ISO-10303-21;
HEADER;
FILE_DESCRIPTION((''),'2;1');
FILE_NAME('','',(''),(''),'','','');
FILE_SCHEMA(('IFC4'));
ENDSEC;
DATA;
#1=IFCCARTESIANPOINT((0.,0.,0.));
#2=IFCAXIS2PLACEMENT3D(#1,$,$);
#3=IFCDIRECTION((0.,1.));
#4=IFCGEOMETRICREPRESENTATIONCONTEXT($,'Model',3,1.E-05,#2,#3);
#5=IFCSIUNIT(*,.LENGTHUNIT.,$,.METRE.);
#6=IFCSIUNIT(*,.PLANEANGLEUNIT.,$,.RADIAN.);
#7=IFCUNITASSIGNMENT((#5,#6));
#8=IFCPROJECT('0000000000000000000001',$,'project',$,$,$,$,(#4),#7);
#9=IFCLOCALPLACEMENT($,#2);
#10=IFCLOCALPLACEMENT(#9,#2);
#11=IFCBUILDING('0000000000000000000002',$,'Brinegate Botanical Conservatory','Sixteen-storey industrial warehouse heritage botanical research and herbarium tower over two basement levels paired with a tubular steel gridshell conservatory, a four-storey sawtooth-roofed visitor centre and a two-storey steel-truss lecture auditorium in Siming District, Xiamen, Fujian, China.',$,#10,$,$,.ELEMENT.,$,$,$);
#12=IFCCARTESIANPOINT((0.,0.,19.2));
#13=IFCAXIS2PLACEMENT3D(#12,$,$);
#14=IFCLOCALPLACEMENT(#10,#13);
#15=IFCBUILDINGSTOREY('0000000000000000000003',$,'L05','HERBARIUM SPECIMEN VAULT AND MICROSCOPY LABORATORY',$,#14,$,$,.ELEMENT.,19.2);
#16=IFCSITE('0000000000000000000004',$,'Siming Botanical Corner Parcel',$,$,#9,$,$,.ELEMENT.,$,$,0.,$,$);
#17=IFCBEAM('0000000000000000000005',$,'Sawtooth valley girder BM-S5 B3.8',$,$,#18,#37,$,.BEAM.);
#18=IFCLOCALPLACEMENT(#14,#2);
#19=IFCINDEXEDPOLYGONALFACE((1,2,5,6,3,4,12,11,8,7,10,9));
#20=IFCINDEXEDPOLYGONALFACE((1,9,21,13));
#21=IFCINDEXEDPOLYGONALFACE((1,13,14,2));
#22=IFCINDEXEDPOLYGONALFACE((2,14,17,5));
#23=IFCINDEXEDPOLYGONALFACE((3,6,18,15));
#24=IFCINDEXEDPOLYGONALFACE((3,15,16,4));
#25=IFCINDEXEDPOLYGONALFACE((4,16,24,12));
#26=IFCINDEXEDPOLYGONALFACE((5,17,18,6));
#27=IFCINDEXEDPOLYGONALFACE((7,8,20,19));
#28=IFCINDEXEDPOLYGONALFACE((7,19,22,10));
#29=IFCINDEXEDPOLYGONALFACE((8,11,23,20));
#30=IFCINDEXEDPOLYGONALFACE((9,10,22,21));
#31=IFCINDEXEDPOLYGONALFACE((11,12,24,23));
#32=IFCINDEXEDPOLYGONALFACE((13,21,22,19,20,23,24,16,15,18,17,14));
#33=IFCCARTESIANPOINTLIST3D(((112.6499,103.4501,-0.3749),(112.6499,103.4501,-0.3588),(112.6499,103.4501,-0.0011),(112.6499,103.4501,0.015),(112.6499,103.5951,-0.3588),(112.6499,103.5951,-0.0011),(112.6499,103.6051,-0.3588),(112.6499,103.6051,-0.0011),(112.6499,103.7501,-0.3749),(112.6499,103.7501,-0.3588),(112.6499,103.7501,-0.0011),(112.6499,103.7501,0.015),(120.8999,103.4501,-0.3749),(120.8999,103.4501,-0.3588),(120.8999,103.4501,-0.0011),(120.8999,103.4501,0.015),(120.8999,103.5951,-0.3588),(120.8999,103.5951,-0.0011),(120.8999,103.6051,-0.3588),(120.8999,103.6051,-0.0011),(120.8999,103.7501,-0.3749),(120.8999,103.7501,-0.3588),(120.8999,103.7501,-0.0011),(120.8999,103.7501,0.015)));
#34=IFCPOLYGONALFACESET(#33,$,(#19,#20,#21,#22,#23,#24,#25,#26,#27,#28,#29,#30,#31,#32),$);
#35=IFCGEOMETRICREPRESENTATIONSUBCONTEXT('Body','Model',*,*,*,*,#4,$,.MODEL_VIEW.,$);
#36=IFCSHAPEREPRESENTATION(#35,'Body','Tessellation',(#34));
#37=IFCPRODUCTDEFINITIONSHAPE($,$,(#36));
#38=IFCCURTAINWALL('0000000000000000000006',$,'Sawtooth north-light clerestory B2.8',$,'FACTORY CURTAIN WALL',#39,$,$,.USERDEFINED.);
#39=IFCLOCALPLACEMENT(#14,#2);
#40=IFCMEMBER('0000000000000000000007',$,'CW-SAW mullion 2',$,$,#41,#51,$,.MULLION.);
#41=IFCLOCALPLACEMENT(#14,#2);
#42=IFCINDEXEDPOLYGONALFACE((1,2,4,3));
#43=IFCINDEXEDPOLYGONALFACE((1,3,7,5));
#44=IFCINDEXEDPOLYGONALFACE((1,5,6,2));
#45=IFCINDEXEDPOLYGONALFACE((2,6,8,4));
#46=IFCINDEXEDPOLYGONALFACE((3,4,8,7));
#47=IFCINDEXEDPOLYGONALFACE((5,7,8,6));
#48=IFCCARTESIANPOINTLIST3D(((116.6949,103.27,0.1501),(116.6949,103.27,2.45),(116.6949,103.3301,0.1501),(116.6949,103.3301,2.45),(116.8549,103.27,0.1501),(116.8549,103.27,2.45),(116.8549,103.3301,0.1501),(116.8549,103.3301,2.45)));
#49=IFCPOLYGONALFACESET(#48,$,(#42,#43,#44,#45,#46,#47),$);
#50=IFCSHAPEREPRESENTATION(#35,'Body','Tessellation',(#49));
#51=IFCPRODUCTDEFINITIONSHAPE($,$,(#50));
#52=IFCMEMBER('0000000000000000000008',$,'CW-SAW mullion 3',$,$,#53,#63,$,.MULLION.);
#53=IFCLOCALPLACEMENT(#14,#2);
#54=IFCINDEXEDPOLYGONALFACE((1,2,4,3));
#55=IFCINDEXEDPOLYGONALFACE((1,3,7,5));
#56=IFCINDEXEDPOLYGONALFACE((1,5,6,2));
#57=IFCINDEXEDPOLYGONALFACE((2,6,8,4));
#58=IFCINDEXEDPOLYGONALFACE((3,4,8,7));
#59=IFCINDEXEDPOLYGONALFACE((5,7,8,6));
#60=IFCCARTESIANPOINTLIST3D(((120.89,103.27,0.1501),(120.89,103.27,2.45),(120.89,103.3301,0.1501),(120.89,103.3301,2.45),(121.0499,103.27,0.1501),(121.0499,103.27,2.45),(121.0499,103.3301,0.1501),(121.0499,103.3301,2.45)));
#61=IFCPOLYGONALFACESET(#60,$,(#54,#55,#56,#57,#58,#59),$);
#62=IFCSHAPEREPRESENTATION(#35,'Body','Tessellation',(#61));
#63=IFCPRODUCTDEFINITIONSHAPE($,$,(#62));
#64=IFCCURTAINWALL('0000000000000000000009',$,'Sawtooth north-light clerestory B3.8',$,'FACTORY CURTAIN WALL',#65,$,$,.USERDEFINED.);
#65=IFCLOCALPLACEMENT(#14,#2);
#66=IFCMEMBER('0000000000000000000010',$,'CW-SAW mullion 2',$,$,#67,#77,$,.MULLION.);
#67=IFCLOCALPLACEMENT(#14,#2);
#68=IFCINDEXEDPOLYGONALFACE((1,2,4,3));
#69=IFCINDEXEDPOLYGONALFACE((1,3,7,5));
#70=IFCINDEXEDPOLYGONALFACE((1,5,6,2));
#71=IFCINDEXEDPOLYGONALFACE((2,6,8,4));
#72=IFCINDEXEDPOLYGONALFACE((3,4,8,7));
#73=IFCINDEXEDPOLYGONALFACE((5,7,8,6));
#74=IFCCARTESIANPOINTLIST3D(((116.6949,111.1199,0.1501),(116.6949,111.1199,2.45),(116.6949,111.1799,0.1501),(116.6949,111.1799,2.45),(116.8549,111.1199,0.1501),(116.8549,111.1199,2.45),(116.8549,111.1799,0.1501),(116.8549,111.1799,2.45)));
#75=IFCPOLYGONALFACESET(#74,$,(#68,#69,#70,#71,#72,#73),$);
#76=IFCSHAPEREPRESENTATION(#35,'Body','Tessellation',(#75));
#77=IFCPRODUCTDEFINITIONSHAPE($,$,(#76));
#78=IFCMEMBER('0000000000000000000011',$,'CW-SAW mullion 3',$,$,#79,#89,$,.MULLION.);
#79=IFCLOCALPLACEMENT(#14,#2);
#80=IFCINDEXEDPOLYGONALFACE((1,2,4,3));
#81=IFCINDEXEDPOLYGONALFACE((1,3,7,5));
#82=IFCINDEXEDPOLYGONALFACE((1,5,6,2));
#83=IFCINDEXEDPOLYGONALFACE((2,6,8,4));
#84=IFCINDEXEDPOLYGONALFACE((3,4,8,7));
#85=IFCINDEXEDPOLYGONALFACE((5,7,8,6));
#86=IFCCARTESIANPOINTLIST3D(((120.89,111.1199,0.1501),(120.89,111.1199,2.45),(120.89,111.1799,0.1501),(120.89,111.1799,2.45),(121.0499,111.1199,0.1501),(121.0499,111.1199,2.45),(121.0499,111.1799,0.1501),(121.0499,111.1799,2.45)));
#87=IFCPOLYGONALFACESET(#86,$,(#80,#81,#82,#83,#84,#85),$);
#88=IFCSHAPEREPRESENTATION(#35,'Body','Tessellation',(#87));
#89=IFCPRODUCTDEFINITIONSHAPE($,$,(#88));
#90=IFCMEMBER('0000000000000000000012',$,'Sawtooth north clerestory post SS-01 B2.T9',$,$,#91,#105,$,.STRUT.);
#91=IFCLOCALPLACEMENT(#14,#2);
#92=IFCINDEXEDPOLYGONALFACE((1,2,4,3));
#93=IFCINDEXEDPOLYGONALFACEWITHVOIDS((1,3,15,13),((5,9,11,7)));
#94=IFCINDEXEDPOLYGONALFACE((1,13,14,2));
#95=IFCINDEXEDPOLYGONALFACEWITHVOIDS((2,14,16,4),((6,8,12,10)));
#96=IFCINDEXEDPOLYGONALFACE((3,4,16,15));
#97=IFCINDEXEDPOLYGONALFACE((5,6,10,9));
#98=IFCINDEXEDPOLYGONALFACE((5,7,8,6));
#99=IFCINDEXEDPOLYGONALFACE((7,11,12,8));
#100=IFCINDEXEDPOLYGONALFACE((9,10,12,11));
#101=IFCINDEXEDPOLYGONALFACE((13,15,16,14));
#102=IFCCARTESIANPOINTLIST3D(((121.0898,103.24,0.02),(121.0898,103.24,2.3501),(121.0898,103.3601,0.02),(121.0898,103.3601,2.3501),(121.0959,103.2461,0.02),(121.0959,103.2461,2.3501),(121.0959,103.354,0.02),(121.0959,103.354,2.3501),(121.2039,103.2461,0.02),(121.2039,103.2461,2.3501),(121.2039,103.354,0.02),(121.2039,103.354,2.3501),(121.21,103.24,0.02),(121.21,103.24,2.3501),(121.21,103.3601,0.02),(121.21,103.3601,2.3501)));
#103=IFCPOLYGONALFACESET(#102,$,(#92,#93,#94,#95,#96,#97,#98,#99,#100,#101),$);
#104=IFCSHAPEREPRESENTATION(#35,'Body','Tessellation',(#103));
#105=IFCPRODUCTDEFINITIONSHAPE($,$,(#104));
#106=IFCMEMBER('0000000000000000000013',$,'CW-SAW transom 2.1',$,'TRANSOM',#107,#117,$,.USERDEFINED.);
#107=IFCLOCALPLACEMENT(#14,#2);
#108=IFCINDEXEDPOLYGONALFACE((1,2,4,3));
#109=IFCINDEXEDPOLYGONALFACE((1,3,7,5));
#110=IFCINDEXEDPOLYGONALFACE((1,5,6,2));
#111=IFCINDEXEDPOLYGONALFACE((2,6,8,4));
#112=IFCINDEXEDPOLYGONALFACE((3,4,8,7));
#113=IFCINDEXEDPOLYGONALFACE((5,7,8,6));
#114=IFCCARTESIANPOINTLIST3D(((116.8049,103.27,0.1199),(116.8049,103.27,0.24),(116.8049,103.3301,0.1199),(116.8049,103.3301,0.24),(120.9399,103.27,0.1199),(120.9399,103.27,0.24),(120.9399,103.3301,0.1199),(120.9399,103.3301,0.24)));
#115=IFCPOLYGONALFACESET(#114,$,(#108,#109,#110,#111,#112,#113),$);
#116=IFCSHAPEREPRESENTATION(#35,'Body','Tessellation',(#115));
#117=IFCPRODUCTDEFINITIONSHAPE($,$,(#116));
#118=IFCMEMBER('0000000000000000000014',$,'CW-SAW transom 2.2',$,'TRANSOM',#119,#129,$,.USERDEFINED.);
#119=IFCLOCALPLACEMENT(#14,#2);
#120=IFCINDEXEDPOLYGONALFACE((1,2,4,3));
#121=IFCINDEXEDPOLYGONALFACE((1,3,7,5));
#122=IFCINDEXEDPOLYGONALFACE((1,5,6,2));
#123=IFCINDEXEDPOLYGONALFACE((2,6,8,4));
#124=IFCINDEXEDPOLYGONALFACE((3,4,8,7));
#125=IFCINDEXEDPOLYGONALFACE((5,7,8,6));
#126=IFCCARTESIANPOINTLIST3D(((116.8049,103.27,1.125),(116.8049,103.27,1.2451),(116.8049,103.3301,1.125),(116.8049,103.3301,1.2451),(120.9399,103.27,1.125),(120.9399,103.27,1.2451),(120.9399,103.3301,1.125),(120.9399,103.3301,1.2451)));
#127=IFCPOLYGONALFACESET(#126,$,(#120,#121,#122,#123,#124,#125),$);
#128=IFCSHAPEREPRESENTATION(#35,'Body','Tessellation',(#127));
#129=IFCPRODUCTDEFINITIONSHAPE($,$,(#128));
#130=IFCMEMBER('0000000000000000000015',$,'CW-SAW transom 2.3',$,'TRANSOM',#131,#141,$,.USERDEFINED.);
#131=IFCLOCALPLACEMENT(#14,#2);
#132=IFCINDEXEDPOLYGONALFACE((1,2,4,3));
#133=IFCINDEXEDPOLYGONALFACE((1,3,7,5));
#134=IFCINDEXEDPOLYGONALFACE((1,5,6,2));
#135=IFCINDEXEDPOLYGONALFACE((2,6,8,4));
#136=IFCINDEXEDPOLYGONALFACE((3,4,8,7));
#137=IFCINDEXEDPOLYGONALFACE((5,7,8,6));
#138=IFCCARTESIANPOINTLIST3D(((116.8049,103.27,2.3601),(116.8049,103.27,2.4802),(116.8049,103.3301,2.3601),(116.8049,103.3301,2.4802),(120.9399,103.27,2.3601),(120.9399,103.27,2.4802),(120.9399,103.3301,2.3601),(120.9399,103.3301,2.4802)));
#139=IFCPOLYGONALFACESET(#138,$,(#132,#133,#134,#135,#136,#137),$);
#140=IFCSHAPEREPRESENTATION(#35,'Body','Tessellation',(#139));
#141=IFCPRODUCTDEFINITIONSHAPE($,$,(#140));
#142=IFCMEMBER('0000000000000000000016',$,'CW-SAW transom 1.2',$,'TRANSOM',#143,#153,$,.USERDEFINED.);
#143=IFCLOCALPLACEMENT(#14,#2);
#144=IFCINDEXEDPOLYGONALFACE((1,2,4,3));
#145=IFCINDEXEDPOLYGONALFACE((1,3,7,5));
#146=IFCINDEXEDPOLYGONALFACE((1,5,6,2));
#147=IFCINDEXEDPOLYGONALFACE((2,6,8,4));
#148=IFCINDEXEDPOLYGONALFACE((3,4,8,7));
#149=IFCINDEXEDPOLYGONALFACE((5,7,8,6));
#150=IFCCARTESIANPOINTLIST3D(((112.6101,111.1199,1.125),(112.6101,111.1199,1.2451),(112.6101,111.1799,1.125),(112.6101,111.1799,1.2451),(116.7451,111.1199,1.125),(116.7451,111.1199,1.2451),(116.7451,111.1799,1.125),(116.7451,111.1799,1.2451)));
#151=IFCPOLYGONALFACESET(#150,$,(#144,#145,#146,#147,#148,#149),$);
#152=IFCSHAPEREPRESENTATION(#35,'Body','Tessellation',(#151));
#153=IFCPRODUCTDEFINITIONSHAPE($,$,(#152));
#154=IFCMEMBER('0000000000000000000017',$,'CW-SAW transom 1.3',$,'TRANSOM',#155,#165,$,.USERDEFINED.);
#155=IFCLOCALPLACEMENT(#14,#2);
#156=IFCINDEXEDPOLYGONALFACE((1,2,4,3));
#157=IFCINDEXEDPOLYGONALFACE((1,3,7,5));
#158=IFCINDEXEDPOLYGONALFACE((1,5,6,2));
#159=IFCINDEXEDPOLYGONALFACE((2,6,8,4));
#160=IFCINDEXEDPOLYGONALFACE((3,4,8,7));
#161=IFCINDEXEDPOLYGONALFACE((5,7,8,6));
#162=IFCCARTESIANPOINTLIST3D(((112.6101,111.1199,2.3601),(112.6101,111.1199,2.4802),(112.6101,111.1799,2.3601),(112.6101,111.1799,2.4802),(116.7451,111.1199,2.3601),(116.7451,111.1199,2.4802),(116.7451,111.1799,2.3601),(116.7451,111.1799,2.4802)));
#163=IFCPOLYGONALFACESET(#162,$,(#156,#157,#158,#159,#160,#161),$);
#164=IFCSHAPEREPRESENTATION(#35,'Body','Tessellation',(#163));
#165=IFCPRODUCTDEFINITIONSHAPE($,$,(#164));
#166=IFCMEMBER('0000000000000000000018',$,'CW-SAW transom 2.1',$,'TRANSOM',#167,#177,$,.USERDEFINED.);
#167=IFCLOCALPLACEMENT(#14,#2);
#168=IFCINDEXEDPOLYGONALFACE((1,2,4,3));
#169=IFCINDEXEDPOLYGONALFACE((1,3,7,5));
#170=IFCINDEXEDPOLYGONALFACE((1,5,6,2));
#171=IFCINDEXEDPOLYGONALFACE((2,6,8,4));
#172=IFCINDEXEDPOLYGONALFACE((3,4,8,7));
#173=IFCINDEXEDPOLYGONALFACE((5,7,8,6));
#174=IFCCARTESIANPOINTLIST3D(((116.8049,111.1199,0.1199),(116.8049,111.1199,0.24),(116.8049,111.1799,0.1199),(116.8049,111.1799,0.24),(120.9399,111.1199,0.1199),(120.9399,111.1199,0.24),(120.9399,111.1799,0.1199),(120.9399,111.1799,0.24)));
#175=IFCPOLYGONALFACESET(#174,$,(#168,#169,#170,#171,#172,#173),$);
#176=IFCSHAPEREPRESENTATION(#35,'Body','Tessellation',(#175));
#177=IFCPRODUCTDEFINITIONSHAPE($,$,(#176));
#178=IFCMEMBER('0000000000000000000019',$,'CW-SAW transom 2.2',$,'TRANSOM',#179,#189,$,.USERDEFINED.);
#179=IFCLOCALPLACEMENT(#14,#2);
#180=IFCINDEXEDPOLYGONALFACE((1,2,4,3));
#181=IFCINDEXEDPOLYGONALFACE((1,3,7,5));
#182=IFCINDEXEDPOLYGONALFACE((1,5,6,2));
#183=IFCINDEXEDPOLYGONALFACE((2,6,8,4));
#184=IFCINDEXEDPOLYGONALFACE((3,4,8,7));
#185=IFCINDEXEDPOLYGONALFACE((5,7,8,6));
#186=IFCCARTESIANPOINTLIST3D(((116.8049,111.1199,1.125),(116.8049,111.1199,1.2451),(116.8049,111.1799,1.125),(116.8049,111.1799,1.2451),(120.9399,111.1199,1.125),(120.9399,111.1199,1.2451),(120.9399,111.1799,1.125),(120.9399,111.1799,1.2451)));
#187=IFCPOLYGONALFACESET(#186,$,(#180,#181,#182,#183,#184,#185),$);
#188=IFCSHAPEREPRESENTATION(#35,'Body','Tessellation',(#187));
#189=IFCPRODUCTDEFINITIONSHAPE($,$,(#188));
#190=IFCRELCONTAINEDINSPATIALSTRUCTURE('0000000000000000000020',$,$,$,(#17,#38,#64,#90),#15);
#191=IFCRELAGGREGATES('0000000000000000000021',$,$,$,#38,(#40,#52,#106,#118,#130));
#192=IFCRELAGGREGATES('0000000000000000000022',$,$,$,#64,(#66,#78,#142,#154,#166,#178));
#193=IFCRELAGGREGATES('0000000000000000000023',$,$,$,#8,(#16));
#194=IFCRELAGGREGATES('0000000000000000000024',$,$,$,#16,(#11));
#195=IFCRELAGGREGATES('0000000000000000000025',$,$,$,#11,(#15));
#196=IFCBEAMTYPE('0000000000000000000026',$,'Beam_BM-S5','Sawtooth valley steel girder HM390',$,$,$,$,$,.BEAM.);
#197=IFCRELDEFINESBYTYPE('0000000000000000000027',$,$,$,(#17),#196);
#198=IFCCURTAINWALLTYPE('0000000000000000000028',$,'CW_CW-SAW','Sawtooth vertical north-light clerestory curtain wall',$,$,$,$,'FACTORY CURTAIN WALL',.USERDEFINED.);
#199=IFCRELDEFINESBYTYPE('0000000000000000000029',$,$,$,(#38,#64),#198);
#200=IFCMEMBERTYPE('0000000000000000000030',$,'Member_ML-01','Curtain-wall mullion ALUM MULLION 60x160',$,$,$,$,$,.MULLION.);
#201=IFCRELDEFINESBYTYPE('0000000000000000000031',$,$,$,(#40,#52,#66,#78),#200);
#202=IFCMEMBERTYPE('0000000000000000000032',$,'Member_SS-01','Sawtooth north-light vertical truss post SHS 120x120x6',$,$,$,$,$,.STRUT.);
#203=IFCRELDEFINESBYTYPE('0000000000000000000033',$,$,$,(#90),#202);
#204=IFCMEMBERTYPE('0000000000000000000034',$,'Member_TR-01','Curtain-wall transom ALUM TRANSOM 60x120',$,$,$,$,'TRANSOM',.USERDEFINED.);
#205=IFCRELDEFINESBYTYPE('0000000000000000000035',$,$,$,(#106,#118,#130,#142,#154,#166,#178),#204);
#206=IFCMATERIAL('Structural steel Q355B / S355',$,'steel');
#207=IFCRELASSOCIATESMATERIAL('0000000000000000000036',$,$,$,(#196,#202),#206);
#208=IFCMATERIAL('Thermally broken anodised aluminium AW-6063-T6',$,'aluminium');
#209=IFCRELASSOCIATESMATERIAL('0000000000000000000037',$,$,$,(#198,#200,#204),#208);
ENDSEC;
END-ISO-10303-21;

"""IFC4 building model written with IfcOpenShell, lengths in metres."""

from ifc_helpers import new_model, si_unit, direction, frame, origin, origin_2d, place, context, subcontext, project, spatial, rectangle, hollow_rectangle, i_section, extrude, material, material_profile, profile_set, type_object, element, aggregate, save


model = new_model("IFC4")

# Units and contexts
model_context = context("Model", 3, precision=1e-05, world=origin(), true_north=direction((0.0, 1.0)))
body_context = subcontext(model_context, "Body", "Model", "MODEL_VIEW")
ifc_project = project(units=[si_unit("LENGTHUNIT", "METRE"), si_unit("PLANEANGLEUNIT", "RADIAN")], contexts=[model_context])

# Site, building, storey
site_placement = place(None, origin())
site = spatial("IfcSite", under=ifc_project, at=site_placement, Name="Siming Botanical Corner Parcel", CompositionType="ELEMENT", RefElevation=0.0)
building_placement = place(site_placement, origin())
building = spatial("IfcBuilding", under=site, at=building_placement, Name="Brinegate Botanical Conservatory", Description="Sixteen-storey industrial warehouse heritage botanical research and herbarium tower over two basement levels paired with a tubular steel gridshell conservatory, a four-storey sawtooth-roofed visitor centre and a two-storey steel-truss lecture auditorium in Siming District, Xiamen, Fujian, China.", CompositionType="ELEMENT")
storey_placement = place(building_placement, frame((0.0, 0.0, 19.2)))
storey = spatial("IfcBuildingStorey", under=building, at=storey_placement, Name="L05", Description="HERBARIUM SPECIMEN VAULT AND MICROSCOPY LABORATORY", CompositionType="ELEMENT", Elevation=19.2)

# Beam
ifc_material_1 = material(Name="Structural steel Q355B / S355", Category="steel")
ifc_material_profile_1 = material_profile(ifc_material_1, i_section(OverallWidth=0.3, OverallDepth=0.3899, WebThickness=0.01, FlangeThickness=0.0161, at=origin_2d()), Name="HM 390x300x10x16")
ifc_profile_set_1 = profile_set([ifc_material_profile_1], Name="Structural steel Q355B / S355")
beam_type = type_object("IfcBeamType", Name="Beam_BM-S5", Description="Sawtooth valley steel girder HM390", PredefinedType="BEAM", material=ifc_profile_set_1)
beam_placement = place(storey_placement, frame((112.6499, 103.6001, -0.1799), z_axis=(1.0, 0.0, 0.0), x_axis=(0.0, 1.0, 0.0)))
element("IfcBeam", 1, at=beam_placement, inside=storey, type_object=beam_type, Name="Sawtooth valley girder BM-S5 B3.8", PredefinedType="BEAM", context=body_context, shape_type="SweptSolid", body=[
    extrude(i_section(OverallWidth=0.3, OverallDepth=0.3899, WebThickness=0.01, FlangeThickness=0.0161, at=origin_2d()), origin(), (0.0, 0.0, 1.0), 8.25),
])

# Curtain walls, members
ifc_material_2 = material(Name="Thermally broken anodised aluminium AW-6063-T6", Category="aluminium")
curtain_wall_type = type_object("IfcCurtainWallType", Name="CW_CW-SAW", Description="Sawtooth vertical north-light clerestory curtain wall", ElementType="FACTORY CURTAIN WALL", PredefinedType="USERDEFINED", material=ifc_material_2)
curtain_wall_1_placement = place(storey_placement, origin())
curtain_wall_1 = element("IfcCurtainWall", 2, at=curtain_wall_1_placement, inside=storey, type_object=curtain_wall_type, Name="Sawtooth north-light clerestory B2.8", ObjectType="FACTORY CURTAIN WALL", PredefinedType="USERDEFINED")
ifc_material_profile_2 = material_profile(ifc_material_2, rectangle(XDim=0.0601, YDim=0.1599, at=origin_2d()), Name="ALUM MULLION 60x160")
ifc_profile_set_2 = profile_set([ifc_material_profile_2], Name="Thermally broken anodised aluminium AW-6063-T6")
member_type_1 = type_object("IfcMemberType", Name="Member_ML-01", Description="Curtain-wall mullion ALUM MULLION 60x160", PredefinedType="MULLION", material=ifc_profile_set_2)
member_1_placement = place(storey_placement, frame((116.7749, 103.3, 0.1501), z_axis=(0.0, 0.0, 1.0), x_axis=(0.0, 1.0, 0.0)))
member_1 = element("IfcMember", 3, at=member_1_placement, type_object=member_type_1, Name="CW-SAW mullion 2", PredefinedType="MULLION", context=body_context, shape_type="SweptSolid", body=[
    extrude(rectangle(XDim=0.0601, YDim=0.1599, at=origin_2d()), origin(), (0.0, 0.0, 1.0), 2.2998),
])
member_2_placement = place(storey_placement, frame((120.97, 103.3, 0.1501), z_axis=(0.0, 0.0, 1.0), x_axis=(0.0, 1.0, 0.0)))
member_2 = element("IfcMember", 4, at=member_2_placement, type_object=member_type_1, Name="CW-SAW mullion 3", PredefinedType="MULLION", context=body_context, shape_type="SweptSolid", body=[
    extrude(rectangle(XDim=0.0601, YDim=0.1599, at=origin_2d()), origin(), (0.0, 0.0, 1.0), 2.2998),
])
curtain_wall_2_placement = place(storey_placement, origin())
curtain_wall_2 = element("IfcCurtainWall", 5, at=curtain_wall_2_placement, inside=storey, type_object=curtain_wall_type, Name="Sawtooth north-light clerestory B3.8", ObjectType="FACTORY CURTAIN WALL", PredefinedType="USERDEFINED")
member_3_placement = place(storey_placement, frame((116.7749, 111.1499, 0.1501), z_axis=(0.0, 0.0, 1.0), x_axis=(0.0, 1.0, 0.0)))
member_3 = element("IfcMember", 6, at=member_3_placement, type_object=member_type_1, Name="CW-SAW mullion 2", PredefinedType="MULLION", context=body_context, shape_type="SweptSolid", body=[
    extrude(rectangle(XDim=0.0601, YDim=0.1599, at=origin_2d()), origin(), (0.0, 0.0, 1.0), 2.2998),
])
member_4_placement = place(storey_placement, frame((120.97, 111.1499, 0.1501), z_axis=(0.0, 0.0, 1.0), x_axis=(0.0, 1.0, 0.0)))
member_4 = element("IfcMember", 7, at=member_4_placement, type_object=member_type_1, Name="CW-SAW mullion 3", PredefinedType="MULLION", context=body_context, shape_type="SweptSolid", body=[
    extrude(rectangle(XDim=0.0601, YDim=0.1599, at=origin_2d()), origin(), (0.0, 0.0, 1.0), 2.2998),
])

# Members
ifc_material_profile_3 = material_profile(ifc_material_1, hollow_rectangle(XDim=0.1201, YDim=0.1201, WallThickness=0.0061, at=origin_2d()), Name="SHS 120x120x6")
ifc_profile_set_3 = profile_set([ifc_material_profile_3], Name="Structural steel Q355B / S355")
member_type_2 = type_object("IfcMemberType", Name="Member_SS-01", Description="Sawtooth north-light vertical truss post SHS 120x120x6", PredefinedType="STRUT", material=ifc_profile_set_3)
member_5_placement = place(storey_placement, frame((121.1499, 103.3, 0.02), z_axis=(0.0, 0.0, 1.0), x_axis=(1.0, 0.0, 0.0)))
element("IfcMember", 8, at=member_5_placement, inside=storey, type_object=member_type_2, Name="Sawtooth north clerestory post SS-01 B2.T9", PredefinedType="STRUT", context=body_context, shape_type="SweptSolid", body=[
    extrude(hollow_rectangle(XDim=0.1201, YDim=0.1201, WallThickness=0.0061, at=origin_2d()), origin(), (0.0, 0.0, 1.0), 2.3301),
])
ifc_material_profile_4 = material_profile(ifc_material_2, rectangle(XDim=0.0601, YDim=0.1201, at=origin_2d()), Name="ALUM TRANSOM 60x120")
ifc_profile_set_4 = profile_set([ifc_material_profile_4], Name="Thermally broken anodised aluminium AW-6063-T6")
member_type_3 = type_object("IfcMemberType", Name="Member_TR-01", Description="Curtain-wall transom ALUM TRANSOM 60x120", ElementType="TRANSOM", PredefinedType="USERDEFINED", material=ifc_profile_set_4)
member_6_placement = place(storey_placement, frame((116.8049, 103.3, 0.1799), z_axis=(1.0, 0.0, 0.0), x_axis=(0.0, 1.0, 0.0)))
member_6 = element("IfcMember", 9, at=member_6_placement, type_object=member_type_3, Name="CW-SAW transom 2.1", ObjectType="TRANSOM", PredefinedType="USERDEFINED", context=body_context, shape_type="SweptSolid", body=[
    extrude(rectangle(XDim=0.0601, YDim=0.1201, at=origin_2d()), origin(), (0.0, 0.0, 1.0), 4.135),
])
member_7_placement = place(storey_placement, frame((116.8049, 103.3, 1.1851), z_axis=(1.0, 0.0, 0.0), x_axis=(0.0, 1.0, 0.0)))
member_7 = element("IfcMember", 10, at=member_7_placement, type_object=member_type_3, Name="CW-SAW transom 2.2", ObjectType="TRANSOM", PredefinedType="USERDEFINED", context=body_context, shape_type="SweptSolid", body=[
    extrude(rectangle(XDim=0.0601, YDim=0.1201, at=origin_2d()), origin(), (0.0, 0.0, 1.0), 4.135),
])
member_8_placement = place(storey_placement, frame((116.8049, 103.3, 2.4202), z_axis=(1.0, 0.0, 0.0), x_axis=(0.0, 1.0, 0.0)))
member_8 = element("IfcMember", 11, at=member_8_placement, type_object=member_type_3, Name="CW-SAW transom 2.3", ObjectType="TRANSOM", PredefinedType="USERDEFINED", context=body_context, shape_type="SweptSolid", body=[
    extrude(rectangle(XDim=0.0601, YDim=0.1201, at=origin_2d()), origin(), (0.0, 0.0, 1.0), 4.135),
])
member_9_placement = place(storey_placement, frame((112.6101, 111.1499, 1.1851), z_axis=(1.0, 0.0, 0.0), x_axis=(0.0, 1.0, 0.0)))
member_9 = element("IfcMember", 12, at=member_9_placement, type_object=member_type_3, Name="CW-SAW transom 1.2", ObjectType="TRANSOM", PredefinedType="USERDEFINED", context=body_context, shape_type="SweptSolid", body=[
    extrude(rectangle(XDim=0.0601, YDim=0.1201, at=origin_2d()), origin(), (0.0, 0.0, 1.0), 4.135),
])
member_10_placement = place(storey_placement, frame((112.6101, 111.1499, 2.4202), z_axis=(1.0, 0.0, 0.0), x_axis=(0.0, 1.0, 0.0)))
member_10 = element("IfcMember", 13, at=member_10_placement, type_object=member_type_3, Name="CW-SAW transom 1.3", ObjectType="TRANSOM", PredefinedType="USERDEFINED", context=body_context, shape_type="SweptSolid", body=[
    extrude(rectangle(XDim=0.0601, YDim=0.1201, at=origin_2d()), origin(), (0.0, 0.0, 1.0), 4.135),
])
member_11_placement = place(storey_placement, frame((116.8049, 111.1499, 0.1799), z_axis=(1.0, 0.0, 0.0), x_axis=(0.0, 1.0, 0.0)))
member_11 = element("IfcMember", 14, at=member_11_placement, type_object=member_type_3, Name="CW-SAW transom 2.1", ObjectType="TRANSOM", PredefinedType="USERDEFINED", context=body_context, shape_type="SweptSolid", body=[
    extrude(rectangle(XDim=0.0601, YDim=0.1201, at=origin_2d()), origin(), (0.0, 0.0, 1.0), 4.135),
])
member_12_placement = place(storey_placement, frame((116.8049, 111.1499, 1.1851), z_axis=(1.0, 0.0, 0.0), x_axis=(0.0, 1.0, 0.0)))
member_12 = element("IfcMember", 15, at=member_12_placement, type_object=member_type_3, Name="CW-SAW transom 2.2", ObjectType="TRANSOM", PredefinedType="USERDEFINED", context=body_context, shape_type="SweptSolid", body=[
    extrude(rectangle(XDim=0.0601, YDim=0.1201, at=origin_2d()), origin(), (0.0, 0.0, 1.0), 4.135),
])

aggregate(curtain_wall_1, [member_1, member_2, member_6, member_7, member_8])
aggregate(curtain_wall_2, [member_3, member_4, member_9, member_10, member_11, member_12])

save(model, "model.ifc")
